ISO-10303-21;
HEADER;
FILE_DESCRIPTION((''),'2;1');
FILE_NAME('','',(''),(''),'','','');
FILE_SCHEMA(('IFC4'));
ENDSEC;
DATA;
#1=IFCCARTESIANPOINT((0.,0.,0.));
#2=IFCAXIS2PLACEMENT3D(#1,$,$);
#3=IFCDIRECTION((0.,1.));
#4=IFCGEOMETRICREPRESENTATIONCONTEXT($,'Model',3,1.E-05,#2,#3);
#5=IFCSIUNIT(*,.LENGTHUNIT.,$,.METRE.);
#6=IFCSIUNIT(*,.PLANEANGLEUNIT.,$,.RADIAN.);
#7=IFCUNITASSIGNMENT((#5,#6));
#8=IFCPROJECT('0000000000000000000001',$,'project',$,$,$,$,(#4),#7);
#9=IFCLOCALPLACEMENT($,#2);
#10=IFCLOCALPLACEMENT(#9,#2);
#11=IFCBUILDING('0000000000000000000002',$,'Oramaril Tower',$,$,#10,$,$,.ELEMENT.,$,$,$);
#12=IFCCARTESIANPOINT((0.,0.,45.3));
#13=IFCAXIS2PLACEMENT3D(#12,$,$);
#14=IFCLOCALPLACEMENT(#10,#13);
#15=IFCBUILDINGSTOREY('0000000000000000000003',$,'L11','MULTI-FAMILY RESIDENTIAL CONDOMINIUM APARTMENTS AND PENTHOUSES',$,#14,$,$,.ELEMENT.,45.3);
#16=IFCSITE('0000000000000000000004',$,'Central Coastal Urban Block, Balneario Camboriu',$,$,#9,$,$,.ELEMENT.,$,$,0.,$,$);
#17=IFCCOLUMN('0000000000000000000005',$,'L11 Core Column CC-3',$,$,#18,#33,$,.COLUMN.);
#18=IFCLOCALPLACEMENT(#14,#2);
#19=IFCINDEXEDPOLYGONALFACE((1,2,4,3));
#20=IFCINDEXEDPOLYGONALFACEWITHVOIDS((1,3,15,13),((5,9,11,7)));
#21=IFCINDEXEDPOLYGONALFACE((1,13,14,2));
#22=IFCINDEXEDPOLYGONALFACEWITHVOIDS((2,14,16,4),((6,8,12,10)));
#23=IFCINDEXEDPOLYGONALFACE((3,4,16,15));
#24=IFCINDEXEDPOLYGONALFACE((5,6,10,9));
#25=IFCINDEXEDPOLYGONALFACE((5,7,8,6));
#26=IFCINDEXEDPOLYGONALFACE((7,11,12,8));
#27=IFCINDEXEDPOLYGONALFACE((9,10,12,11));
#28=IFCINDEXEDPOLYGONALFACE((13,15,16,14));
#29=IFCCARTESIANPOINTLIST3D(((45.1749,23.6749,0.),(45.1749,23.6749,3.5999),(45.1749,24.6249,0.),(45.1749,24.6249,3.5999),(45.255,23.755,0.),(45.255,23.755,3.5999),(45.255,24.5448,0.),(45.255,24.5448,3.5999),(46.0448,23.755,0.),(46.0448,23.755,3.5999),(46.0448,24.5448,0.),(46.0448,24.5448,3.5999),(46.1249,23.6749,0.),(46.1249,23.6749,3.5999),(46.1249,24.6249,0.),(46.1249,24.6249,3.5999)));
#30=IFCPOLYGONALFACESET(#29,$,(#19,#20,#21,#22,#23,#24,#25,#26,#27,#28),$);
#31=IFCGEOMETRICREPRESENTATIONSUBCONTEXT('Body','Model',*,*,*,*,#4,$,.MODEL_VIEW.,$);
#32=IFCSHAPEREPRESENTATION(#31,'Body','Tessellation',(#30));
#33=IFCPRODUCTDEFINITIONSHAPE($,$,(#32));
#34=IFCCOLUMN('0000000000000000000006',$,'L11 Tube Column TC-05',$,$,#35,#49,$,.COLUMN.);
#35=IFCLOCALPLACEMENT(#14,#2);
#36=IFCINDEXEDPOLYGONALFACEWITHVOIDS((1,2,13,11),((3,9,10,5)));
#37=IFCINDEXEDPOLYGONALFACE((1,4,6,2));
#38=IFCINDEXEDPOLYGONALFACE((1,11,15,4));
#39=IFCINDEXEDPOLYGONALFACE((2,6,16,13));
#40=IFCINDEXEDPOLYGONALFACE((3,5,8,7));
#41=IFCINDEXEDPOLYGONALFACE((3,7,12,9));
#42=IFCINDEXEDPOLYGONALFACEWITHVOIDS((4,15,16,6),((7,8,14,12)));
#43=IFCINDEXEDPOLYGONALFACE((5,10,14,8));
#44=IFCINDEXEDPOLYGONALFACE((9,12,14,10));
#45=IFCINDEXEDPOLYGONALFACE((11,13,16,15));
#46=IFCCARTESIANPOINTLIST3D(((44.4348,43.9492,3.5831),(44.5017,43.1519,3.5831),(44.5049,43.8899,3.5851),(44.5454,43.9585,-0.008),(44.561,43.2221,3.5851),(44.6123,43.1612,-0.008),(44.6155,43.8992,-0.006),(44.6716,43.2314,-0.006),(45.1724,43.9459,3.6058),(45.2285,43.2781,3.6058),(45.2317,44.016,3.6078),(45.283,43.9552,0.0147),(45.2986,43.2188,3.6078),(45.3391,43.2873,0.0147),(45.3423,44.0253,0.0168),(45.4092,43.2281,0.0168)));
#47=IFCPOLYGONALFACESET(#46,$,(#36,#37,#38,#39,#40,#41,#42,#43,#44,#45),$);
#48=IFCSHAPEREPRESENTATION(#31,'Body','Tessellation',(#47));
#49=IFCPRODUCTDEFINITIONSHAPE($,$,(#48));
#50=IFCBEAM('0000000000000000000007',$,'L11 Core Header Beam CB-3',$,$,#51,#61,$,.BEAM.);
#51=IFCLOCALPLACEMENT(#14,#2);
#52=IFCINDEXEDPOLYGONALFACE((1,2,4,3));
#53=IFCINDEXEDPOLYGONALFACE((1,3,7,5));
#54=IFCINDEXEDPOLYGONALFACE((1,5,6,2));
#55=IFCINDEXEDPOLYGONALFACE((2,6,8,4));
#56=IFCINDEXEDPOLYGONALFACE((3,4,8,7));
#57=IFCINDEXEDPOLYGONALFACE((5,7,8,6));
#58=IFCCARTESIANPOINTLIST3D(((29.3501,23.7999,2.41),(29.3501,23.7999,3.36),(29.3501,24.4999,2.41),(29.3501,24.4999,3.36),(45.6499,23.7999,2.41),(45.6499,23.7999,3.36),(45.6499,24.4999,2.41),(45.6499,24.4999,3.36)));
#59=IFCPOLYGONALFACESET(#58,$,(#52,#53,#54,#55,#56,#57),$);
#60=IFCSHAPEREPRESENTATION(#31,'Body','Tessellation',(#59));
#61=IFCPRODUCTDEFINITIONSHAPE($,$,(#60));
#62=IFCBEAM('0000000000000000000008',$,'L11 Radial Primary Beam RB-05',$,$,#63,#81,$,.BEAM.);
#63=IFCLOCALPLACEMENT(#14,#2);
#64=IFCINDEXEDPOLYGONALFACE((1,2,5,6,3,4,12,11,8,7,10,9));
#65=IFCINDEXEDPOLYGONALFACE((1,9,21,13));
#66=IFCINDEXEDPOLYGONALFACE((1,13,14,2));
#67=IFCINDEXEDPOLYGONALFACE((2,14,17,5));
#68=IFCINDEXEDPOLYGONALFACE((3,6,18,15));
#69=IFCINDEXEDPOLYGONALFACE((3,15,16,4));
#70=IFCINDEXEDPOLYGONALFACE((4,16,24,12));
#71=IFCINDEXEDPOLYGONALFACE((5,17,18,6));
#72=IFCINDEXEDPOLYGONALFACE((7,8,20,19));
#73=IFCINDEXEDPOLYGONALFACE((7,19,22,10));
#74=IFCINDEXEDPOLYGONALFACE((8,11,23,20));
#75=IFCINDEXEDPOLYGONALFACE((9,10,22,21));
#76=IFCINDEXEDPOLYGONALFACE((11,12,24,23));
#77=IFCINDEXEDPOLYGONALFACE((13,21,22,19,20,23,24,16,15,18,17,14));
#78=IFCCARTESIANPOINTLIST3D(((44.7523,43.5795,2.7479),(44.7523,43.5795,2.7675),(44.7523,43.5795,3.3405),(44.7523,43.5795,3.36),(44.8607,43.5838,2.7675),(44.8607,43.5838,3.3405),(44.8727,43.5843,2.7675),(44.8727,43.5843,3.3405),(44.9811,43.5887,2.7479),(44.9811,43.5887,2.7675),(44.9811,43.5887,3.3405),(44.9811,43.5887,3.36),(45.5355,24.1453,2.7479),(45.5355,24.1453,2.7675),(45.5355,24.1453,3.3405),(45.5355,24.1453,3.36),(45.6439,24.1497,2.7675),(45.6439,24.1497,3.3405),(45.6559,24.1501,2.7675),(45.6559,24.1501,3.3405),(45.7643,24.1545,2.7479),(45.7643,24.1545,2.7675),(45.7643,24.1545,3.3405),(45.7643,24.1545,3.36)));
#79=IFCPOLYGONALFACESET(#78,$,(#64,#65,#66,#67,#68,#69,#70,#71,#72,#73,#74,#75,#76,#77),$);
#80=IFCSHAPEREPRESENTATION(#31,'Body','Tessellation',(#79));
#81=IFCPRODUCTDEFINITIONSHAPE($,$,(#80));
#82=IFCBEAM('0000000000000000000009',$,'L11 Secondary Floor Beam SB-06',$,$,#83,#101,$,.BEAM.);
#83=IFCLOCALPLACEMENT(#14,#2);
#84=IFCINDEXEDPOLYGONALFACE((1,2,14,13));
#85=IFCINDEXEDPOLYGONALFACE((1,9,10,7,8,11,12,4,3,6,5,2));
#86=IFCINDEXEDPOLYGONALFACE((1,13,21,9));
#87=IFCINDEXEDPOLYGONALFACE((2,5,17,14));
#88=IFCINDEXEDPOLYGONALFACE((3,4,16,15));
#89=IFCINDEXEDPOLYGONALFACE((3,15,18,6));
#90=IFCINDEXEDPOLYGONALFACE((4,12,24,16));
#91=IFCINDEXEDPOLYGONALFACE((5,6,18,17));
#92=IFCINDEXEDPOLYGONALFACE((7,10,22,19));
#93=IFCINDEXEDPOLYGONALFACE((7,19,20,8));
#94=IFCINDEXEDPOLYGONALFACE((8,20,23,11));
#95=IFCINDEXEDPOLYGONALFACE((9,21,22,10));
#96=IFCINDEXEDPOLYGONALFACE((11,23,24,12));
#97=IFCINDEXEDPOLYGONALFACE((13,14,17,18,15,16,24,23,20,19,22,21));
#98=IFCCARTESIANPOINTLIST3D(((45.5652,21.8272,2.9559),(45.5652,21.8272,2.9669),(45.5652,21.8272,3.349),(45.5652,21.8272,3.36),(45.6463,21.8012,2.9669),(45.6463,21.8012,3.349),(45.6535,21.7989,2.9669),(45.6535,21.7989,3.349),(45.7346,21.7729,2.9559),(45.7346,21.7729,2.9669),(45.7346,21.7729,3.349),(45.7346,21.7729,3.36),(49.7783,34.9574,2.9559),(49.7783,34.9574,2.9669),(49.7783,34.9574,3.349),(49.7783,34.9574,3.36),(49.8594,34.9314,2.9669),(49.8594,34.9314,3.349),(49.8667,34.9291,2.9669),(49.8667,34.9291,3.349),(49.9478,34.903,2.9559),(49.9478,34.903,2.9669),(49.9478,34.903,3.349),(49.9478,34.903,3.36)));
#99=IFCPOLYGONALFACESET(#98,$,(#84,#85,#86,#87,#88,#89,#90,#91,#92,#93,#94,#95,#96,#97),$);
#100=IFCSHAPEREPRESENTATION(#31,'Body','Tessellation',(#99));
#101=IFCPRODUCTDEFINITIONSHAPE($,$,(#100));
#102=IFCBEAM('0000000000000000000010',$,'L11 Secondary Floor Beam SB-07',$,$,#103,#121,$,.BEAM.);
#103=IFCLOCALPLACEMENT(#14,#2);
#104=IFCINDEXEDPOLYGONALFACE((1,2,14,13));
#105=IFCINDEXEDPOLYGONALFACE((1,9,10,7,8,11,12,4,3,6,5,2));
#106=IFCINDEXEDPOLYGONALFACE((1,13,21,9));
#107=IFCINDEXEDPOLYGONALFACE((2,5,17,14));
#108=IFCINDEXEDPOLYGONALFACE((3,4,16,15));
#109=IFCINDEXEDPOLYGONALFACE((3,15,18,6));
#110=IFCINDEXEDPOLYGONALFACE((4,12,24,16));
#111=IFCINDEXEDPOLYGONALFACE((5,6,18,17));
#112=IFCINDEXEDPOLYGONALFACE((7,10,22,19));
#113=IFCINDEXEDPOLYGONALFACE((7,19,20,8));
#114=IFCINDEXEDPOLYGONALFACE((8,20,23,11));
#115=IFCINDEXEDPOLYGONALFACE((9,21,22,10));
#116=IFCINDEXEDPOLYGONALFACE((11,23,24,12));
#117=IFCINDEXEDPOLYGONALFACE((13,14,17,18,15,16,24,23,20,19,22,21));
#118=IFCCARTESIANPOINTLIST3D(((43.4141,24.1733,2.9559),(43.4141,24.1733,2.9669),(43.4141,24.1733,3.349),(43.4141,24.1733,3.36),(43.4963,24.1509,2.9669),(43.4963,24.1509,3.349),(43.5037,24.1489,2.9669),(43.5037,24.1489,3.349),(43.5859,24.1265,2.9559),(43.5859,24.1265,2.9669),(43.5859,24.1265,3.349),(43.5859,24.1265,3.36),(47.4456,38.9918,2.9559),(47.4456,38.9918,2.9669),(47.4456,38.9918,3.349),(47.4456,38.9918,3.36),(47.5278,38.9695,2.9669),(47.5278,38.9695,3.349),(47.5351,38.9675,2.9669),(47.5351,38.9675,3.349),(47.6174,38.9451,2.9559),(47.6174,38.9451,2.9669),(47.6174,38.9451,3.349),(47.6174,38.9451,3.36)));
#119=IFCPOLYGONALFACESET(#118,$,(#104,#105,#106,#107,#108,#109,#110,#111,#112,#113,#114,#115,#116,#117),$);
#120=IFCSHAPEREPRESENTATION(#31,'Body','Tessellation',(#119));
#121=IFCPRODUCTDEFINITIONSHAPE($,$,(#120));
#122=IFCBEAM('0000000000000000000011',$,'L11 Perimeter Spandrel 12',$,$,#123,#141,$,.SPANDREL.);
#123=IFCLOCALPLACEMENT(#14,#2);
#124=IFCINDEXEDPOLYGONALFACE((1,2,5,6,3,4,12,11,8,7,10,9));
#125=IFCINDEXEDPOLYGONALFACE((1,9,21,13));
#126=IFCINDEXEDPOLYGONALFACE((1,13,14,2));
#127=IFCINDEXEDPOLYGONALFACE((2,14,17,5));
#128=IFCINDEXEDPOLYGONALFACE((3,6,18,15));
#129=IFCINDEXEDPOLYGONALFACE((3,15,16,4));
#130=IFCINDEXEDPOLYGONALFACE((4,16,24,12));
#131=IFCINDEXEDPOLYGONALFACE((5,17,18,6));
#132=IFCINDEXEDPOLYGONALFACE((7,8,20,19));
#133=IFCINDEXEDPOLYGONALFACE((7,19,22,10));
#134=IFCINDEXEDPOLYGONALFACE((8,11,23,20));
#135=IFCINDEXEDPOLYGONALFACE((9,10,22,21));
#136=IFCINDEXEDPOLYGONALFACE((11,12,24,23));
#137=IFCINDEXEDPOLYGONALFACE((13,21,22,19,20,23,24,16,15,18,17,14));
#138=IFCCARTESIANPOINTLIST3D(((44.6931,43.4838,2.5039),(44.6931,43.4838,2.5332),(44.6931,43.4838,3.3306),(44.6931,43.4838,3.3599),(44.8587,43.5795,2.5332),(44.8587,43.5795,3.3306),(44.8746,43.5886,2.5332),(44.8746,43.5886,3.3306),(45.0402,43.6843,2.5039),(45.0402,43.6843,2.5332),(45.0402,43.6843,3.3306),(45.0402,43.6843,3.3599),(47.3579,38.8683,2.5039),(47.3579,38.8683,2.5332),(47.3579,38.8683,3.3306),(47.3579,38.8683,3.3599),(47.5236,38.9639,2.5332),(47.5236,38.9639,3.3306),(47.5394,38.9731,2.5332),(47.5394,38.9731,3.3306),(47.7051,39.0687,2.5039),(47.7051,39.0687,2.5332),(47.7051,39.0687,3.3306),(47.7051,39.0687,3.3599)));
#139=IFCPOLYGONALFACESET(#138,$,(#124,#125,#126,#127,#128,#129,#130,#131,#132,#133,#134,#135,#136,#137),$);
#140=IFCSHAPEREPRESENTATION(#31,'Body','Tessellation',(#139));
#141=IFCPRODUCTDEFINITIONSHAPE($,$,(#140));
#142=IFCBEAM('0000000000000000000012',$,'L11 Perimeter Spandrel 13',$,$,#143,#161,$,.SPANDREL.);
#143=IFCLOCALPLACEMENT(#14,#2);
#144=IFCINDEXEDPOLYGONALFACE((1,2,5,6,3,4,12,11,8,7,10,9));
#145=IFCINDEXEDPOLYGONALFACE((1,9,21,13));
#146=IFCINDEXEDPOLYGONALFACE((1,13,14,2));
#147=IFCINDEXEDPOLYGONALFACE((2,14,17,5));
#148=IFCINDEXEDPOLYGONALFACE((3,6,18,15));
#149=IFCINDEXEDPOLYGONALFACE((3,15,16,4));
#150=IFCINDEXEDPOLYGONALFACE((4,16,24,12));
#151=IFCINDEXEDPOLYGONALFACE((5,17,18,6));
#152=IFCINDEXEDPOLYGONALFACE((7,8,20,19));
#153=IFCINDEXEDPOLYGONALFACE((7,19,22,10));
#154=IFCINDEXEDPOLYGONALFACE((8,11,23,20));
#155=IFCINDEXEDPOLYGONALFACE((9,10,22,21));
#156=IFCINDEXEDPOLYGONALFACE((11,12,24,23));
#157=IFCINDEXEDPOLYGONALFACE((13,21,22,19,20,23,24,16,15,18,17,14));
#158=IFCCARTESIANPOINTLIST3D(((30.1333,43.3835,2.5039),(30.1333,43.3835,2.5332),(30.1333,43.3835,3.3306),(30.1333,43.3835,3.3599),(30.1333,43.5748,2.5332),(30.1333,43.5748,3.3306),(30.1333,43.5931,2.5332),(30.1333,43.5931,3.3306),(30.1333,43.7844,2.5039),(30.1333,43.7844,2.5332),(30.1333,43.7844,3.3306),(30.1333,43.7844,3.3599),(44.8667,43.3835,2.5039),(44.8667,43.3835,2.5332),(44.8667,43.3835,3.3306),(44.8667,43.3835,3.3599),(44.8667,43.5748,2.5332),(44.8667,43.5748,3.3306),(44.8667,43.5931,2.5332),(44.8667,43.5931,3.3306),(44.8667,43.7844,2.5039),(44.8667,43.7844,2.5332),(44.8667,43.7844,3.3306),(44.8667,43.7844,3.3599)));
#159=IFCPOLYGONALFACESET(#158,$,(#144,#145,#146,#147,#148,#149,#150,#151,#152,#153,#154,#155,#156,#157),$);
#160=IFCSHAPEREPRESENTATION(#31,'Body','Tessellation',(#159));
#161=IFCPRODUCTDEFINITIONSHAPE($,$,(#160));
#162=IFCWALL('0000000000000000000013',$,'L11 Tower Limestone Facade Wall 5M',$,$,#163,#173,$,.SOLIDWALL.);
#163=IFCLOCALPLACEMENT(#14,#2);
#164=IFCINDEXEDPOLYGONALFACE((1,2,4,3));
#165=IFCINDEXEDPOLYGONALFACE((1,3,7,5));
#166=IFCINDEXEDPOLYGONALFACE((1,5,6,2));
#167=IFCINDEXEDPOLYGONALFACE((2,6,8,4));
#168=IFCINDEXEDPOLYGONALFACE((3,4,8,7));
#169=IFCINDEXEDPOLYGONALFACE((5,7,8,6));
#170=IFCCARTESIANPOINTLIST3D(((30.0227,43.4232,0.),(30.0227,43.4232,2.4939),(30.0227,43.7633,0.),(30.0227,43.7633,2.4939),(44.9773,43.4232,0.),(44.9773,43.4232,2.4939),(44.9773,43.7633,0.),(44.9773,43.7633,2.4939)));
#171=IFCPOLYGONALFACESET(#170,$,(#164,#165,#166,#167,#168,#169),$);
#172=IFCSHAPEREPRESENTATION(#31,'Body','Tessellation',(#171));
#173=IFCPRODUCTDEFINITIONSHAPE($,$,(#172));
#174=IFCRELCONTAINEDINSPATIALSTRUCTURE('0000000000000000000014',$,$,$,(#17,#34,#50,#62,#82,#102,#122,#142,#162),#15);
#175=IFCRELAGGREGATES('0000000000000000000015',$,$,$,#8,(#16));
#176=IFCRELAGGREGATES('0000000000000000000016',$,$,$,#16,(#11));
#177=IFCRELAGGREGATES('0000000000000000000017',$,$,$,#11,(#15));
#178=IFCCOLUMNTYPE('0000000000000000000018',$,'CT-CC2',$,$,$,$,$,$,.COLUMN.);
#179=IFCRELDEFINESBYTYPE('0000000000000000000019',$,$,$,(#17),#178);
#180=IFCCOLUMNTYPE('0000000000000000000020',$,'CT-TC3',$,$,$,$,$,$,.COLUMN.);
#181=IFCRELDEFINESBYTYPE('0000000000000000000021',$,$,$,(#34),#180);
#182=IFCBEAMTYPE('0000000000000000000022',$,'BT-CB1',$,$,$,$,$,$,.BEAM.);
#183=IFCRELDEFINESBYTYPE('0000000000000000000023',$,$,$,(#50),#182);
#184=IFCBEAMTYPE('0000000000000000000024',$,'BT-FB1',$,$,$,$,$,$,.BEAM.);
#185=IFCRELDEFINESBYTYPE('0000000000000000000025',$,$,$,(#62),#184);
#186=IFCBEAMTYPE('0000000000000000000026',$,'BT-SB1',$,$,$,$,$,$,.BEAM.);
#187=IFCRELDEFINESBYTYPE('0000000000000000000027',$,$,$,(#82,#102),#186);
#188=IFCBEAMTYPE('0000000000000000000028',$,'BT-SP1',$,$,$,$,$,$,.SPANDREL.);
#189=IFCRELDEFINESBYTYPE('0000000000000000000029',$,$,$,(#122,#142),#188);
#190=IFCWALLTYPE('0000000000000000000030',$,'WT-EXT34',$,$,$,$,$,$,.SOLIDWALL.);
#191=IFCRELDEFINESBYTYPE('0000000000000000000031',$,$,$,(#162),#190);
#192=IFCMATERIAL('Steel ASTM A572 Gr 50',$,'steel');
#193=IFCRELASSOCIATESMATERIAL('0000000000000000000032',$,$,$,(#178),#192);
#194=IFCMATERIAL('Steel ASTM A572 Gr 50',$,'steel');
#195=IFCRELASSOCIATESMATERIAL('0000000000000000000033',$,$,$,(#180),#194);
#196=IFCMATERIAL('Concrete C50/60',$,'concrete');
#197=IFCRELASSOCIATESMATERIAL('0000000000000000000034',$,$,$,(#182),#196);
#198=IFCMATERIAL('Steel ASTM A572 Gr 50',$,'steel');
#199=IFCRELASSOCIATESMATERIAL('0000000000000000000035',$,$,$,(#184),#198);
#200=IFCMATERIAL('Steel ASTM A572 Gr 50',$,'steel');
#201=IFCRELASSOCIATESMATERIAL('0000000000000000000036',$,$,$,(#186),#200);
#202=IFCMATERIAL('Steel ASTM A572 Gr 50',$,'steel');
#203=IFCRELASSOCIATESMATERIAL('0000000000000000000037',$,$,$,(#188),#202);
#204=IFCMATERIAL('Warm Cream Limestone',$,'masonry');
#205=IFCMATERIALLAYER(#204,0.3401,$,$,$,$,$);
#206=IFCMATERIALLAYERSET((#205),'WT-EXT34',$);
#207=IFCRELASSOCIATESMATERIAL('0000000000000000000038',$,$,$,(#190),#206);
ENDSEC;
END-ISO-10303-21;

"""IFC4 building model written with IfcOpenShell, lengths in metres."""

from ifc_helpers import new_model, si_unit, direction, frame, frame_2d, origin, origin_2d, place, context, subcontext, project, spatial, rectangle, hollow_rectangle, i_section, extrude, material, layer, layer_set, material_profile, profile_set, type_object, element, save


model = new_model("IFC4")

# Units and contexts
model_context = context("Model", 3, precision=1e-05, world=origin(), true_north=direction((0.0, 1.0)))
body_context = subcontext(model_context, "Body", "Model", "MODEL_VIEW")
ifc_project = project(units=[si_unit("LENGTHUNIT", "METRE"), si_unit("PLANEANGLEUNIT", "RADIAN")], contexts=[model_context])

# Site, building, storey
site_placement = place(None, origin())
site = spatial("IfcSite", under=ifc_project, at=site_placement, Name="Central Coastal Urban Block, Balneario Camboriu", CompositionType="ELEMENT", RefElevation=0.0)
building_placement = place(site_placement, origin())
building = spatial("IfcBuilding", under=site, at=building_placement, Name="Oramaril Tower", CompositionType="ELEMENT")
storey_placement = place(building_placement, frame((0.0, 0.0, 45.3)))
storey = spatial("IfcBuildingStorey", under=building, at=storey_placement, Name="L11", Description="MULTI-FAMILY RESIDENTIAL CONDOMINIUM APARTMENTS AND PENTHOUSES", CompositionType="ELEMENT", Elevation=45.3)

# Columns
ifc_material_1 = material(Name="Steel ASTM A572 Gr 50", Category="steel")
ifc_material_profile_1 = material_profile(ifc_material_1, hollow_rectangle(XDim=0.95, YDim=0.95, WallThickness=0.0801, at=origin_2d()), Name="BOX950X950X80")
ifc_profile_set_1 = profile_set([ifc_material_profile_1], Name="Steel ASTM A572 Gr 50")
column_type_1 = type_object("IfcColumnType", Name="CT-CC2", PredefinedType="COLUMN", material=ifc_profile_set_1)
column_1_placement = place(storey_placement, frame((45.6499, 24.1499, 0.0), z_axis=(0.0, 0.0, 1.0), x_axis=(1.0, 0.0, 0.0)))
element("IfcColumn", 1, at=column_1_placement, inside=storey, type_object=column_type_1, Name="L11 Core Column CC-3", PredefinedType="COLUMN", context=body_context, shape_type="SweptSolid", body=[
    extrude(hollow_rectangle(XDim=0.95, YDim=0.95, WallThickness=0.0801, at=origin_2d()), origin(), (0.0, 0.0, 1.0), 3.5999),
])
ifc_material_2 = material(Name="Steel ASTM A572 Gr 50", Category="steel")
ifc_material_profile_2 = material_profile(ifc_material_2, hollow_rectangle(XDim=0.8, YDim=0.8, WallThickness=0.0649, at=origin_2d()), Name="BOX800X800X65")
ifc_profile_set_2 = profile_set([ifc_material_profile_2], Name="Steel ASTM A572 Gr 50")
column_type_2 = type_object("IfcColumnType", Name="CT-TC3", PredefinedType="COLUMN", material=ifc_profile_set_2)
column_2_placement = place(storey_placement, frame((44.9773, 43.5933, 0.0044), z_axis=(-0.030783, -0.002582, 0.999523), x_axis=(0.083592, -0.9965, 0.0)))
element("IfcColumn", 2, at=column_2_placement, inside=storey, type_object=column_type_2, Name="L11 Tube Column TC-05", PredefinedType="COLUMN", context=body_context, shape_type="SweptSolid", body=[
    extrude(hollow_rectangle(XDim=0.8, YDim=0.8, WallThickness=0.0649, at=origin_2d()), origin(), (0.0, 0.0, 1.0), 3.5928),
])

# Beams
ifc_material_3 = material(Name="Concrete C50/60", Category="concrete")
ifc_material_profile_3 = material_profile(ifc_material_3, rectangle(XDim=0.7, YDim=0.95, at=origin_2d()), Name="CB700X950")
ifc_profile_set_3 = profile_set([ifc_material_profile_3], Name="Concrete C50/60")
beam_type_1 = type_object("IfcBeamType", Name="BT-CB1", PredefinedType="BEAM", material=ifc_profile_set_3)
beam_1_placement = place(storey_placement, frame((45.6499, 24.1499, 2.885), z_axis=(-1.0, 0.0, 0.0), x_axis=(0.0, -1.0, 0.0)))
element("IfcBeam", 3, at=beam_1_placement, inside=storey, type_object=beam_type_1, Name="L11 Core Header Beam CB-3", PredefinedType="BEAM", context=body_context, shape_type="SweptSolid", body=[
    extrude(rectangle(XDim=0.7, YDim=0.95, at=origin_2d()), origin(), (0.0, 0.0, 1.0), 16.2998),
])
ifc_material_4 = material(Name="Steel ASTM A572 Gr 50", Category="steel")
ifc_material_profile_4 = material_profile(ifc_material_4, i_section(OverallWidth=0.229, OverallDepth=0.6121, WebThickness=0.012, FlangeThickness=0.0195, at=origin_2d()), Name="W24X84")
ifc_profile_set_4 = profile_set([ifc_material_profile_4], Name="Steel ASTM A572 Gr 50")
beam_type_2 = type_object("IfcBeamType", Name="BT-FB1", PredefinedType="BEAM", material=ifc_profile_set_4)
beam_2_placement = place(storey_placement, frame((45.6499, 24.1499, 3.054), z_axis=(-0.040268, 0.999189, 0.0), x_axis=(-0.999189, -0.040268, 0.0)))
element("IfcBeam", 4, at=beam_2_placement, inside=storey, type_object=beam_type_2, Name="L11 Radial Primary Beam RB-05", PredefinedType="BEAM", context=body_context, shape_type="SweptSolid", body=[
    extrude(i_section(OverallWidth=0.229, OverallDepth=0.6121, WebThickness=0.012, FlangeThickness=0.0195, at=origin_2d()), origin(), (0.0, 0.0, 1.0), 19.45),
])
ifc_material_5 = material(Name="Steel ASTM A572 Gr 50", Category="steel")
ifc_material_profile_5 = material_profile(ifc_material_5, i_section(OverallWidth=0.178, OverallDepth=0.4041, WebThickness=0.0076, FlangeThickness=0.011, at=origin_2d()), Name="W16X36")
ifc_profile_set_5 = profile_set([ifc_material_profile_5], Name="Steel ASTM A572 Gr 50")
beam_type_3 = type_object("IfcBeamType", Name="BT-SB1", PredefinedType="BEAM", material=ifc_profile_set_5)
beam_3_placement = place(storey_placement, frame((45.6499, 21.8, 3.158), z_axis=(0.305532, 0.952182, 0.0), x_axis=(-0.952182, 0.305532, 0.0)))
element("IfcBeam", 5, at=beam_3_placement, inside=storey, type_object=beam_type_3, Name="L11 Secondary Floor Beam SB-06", PredefinedType="BEAM", context=body_context, shape_type="SweptSolid", body=[
    extrude(i_section(OverallWidth=0.178, OverallDepth=0.4041, WebThickness=0.0076, FlangeThickness=0.011, at=origin_2d()), origin(), (0.0, 0.0, 1.0), 13.7896),
])
beam_4_placement = place(storey_placement, frame((43.5, 24.1499, 3.158), z_axis=(0.262515, 0.964928, 0.0), x_axis=(-0.964928, 0.262515, 0.0)))
element("IfcBeam", 6, at=beam_4_placement, inside=storey, type_object=beam_type_3, Name="L11 Secondary Floor Beam SB-07", PredefinedType="BEAM", context=body_context, shape_type="SweptSolid", body=[
    extrude(i_section(OverallWidth=0.178, OverallDepth=0.4041, WebThickness=0.0076, FlangeThickness=0.011, at=origin_2d()), origin(), (0.0, 0.0, 1.0), 15.3572),
])
ifc_material_6 = material(Name="Steel ASTM A572 Gr 50", Category="steel")
ifc_material_profile_6 = material_profile(ifc_material_6, i_section(OverallWidth=0.4009, OverallDepth=0.856, WebThickness=0.0183, FlangeThickness=0.0293, at=origin_2d()), Name="W33X201")
ifc_profile_set_6 = profile_set([ifc_material_profile_6], Name="Steel ASTM A572 Gr 50")
beam_type_4 = type_object("IfcBeamType", Name="BT-SP1", PredefinedType="SPANDREL", material=ifc_profile_set_6)
beam_5_placement = place(storey_placement, frame((47.5315, 38.9685, 2.9319), z_axis=(-0.500007, 0.866022, 0.0), x_axis=(-0.866022, -0.500007, 0.0)))
element("IfcBeam", 7, at=beam_5_placement, inside=storey, type_object=beam_type_4, Name="L11 Perimeter Spandrel 12", PredefinedType="SPANDREL", context=body_context, shape_type="SweptSolid", body=[
    extrude(i_section(OverallWidth=0.4009, OverallDepth=0.856, WebThickness=0.0183, FlangeThickness=0.0293, at=origin_2d()), origin(), (0.0, 0.0, 1.0), 5.3296),
])
beam_6_placement = place(storey_placement, frame((44.8667, 43.584, 2.9319), z_axis=(-1.0, 0.0, 0.0), x_axis=(0.0, -1.0, 0.0)))
element("IfcBeam", 8, at=beam_6_placement, inside=storey, type_object=beam_type_4, Name="L11 Perimeter Spandrel 13", PredefinedType="SPANDREL", context=body_context, shape_type="SweptSolid", body=[
    extrude(i_section(OverallWidth=0.4009, OverallDepth=0.856, WebThickness=0.0183, FlangeThickness=0.0293, at=origin_2d()), origin(), (0.0, 0.0, 1.0), 14.7334),
])

# Wall
ifc_material_7 = material(Name="Warm Cream Limestone", Category="masonry")
ifc_layer_1 = layer(ifc_material_7, 0.3401)
ifc_layer_set_1 = layer_set([ifc_layer_1], Name="WT-EXT34")
wall_type_1 = type_object("IfcWallType", Name="WT-EXT34", PredefinedType="SOLIDWALL", material=ifc_layer_set_1)
wall_1_placement = place(storey_placement, frame((44.9773, 43.5933, 0.0), z_axis=(0.0, 0.0, 1.0), x_axis=(-1.0, 0.0, 0.0)))
element("IfcWall", 9, at=wall_1_placement, inside=storey, type_object=wall_type_1, Name="L11 Tower Limestone Facade Wall 5M", PredefinedType="SOLIDWALL", context=body_context, shape_type="SweptSolid", body=[
    extrude(rectangle(XDim=14.9546, YDim=0.3401, at=frame_2d((7.4773, 0.0))), origin(), (0.0, 0.0, 1.0), 2.4939),
])

save(model, "model.ifc")
